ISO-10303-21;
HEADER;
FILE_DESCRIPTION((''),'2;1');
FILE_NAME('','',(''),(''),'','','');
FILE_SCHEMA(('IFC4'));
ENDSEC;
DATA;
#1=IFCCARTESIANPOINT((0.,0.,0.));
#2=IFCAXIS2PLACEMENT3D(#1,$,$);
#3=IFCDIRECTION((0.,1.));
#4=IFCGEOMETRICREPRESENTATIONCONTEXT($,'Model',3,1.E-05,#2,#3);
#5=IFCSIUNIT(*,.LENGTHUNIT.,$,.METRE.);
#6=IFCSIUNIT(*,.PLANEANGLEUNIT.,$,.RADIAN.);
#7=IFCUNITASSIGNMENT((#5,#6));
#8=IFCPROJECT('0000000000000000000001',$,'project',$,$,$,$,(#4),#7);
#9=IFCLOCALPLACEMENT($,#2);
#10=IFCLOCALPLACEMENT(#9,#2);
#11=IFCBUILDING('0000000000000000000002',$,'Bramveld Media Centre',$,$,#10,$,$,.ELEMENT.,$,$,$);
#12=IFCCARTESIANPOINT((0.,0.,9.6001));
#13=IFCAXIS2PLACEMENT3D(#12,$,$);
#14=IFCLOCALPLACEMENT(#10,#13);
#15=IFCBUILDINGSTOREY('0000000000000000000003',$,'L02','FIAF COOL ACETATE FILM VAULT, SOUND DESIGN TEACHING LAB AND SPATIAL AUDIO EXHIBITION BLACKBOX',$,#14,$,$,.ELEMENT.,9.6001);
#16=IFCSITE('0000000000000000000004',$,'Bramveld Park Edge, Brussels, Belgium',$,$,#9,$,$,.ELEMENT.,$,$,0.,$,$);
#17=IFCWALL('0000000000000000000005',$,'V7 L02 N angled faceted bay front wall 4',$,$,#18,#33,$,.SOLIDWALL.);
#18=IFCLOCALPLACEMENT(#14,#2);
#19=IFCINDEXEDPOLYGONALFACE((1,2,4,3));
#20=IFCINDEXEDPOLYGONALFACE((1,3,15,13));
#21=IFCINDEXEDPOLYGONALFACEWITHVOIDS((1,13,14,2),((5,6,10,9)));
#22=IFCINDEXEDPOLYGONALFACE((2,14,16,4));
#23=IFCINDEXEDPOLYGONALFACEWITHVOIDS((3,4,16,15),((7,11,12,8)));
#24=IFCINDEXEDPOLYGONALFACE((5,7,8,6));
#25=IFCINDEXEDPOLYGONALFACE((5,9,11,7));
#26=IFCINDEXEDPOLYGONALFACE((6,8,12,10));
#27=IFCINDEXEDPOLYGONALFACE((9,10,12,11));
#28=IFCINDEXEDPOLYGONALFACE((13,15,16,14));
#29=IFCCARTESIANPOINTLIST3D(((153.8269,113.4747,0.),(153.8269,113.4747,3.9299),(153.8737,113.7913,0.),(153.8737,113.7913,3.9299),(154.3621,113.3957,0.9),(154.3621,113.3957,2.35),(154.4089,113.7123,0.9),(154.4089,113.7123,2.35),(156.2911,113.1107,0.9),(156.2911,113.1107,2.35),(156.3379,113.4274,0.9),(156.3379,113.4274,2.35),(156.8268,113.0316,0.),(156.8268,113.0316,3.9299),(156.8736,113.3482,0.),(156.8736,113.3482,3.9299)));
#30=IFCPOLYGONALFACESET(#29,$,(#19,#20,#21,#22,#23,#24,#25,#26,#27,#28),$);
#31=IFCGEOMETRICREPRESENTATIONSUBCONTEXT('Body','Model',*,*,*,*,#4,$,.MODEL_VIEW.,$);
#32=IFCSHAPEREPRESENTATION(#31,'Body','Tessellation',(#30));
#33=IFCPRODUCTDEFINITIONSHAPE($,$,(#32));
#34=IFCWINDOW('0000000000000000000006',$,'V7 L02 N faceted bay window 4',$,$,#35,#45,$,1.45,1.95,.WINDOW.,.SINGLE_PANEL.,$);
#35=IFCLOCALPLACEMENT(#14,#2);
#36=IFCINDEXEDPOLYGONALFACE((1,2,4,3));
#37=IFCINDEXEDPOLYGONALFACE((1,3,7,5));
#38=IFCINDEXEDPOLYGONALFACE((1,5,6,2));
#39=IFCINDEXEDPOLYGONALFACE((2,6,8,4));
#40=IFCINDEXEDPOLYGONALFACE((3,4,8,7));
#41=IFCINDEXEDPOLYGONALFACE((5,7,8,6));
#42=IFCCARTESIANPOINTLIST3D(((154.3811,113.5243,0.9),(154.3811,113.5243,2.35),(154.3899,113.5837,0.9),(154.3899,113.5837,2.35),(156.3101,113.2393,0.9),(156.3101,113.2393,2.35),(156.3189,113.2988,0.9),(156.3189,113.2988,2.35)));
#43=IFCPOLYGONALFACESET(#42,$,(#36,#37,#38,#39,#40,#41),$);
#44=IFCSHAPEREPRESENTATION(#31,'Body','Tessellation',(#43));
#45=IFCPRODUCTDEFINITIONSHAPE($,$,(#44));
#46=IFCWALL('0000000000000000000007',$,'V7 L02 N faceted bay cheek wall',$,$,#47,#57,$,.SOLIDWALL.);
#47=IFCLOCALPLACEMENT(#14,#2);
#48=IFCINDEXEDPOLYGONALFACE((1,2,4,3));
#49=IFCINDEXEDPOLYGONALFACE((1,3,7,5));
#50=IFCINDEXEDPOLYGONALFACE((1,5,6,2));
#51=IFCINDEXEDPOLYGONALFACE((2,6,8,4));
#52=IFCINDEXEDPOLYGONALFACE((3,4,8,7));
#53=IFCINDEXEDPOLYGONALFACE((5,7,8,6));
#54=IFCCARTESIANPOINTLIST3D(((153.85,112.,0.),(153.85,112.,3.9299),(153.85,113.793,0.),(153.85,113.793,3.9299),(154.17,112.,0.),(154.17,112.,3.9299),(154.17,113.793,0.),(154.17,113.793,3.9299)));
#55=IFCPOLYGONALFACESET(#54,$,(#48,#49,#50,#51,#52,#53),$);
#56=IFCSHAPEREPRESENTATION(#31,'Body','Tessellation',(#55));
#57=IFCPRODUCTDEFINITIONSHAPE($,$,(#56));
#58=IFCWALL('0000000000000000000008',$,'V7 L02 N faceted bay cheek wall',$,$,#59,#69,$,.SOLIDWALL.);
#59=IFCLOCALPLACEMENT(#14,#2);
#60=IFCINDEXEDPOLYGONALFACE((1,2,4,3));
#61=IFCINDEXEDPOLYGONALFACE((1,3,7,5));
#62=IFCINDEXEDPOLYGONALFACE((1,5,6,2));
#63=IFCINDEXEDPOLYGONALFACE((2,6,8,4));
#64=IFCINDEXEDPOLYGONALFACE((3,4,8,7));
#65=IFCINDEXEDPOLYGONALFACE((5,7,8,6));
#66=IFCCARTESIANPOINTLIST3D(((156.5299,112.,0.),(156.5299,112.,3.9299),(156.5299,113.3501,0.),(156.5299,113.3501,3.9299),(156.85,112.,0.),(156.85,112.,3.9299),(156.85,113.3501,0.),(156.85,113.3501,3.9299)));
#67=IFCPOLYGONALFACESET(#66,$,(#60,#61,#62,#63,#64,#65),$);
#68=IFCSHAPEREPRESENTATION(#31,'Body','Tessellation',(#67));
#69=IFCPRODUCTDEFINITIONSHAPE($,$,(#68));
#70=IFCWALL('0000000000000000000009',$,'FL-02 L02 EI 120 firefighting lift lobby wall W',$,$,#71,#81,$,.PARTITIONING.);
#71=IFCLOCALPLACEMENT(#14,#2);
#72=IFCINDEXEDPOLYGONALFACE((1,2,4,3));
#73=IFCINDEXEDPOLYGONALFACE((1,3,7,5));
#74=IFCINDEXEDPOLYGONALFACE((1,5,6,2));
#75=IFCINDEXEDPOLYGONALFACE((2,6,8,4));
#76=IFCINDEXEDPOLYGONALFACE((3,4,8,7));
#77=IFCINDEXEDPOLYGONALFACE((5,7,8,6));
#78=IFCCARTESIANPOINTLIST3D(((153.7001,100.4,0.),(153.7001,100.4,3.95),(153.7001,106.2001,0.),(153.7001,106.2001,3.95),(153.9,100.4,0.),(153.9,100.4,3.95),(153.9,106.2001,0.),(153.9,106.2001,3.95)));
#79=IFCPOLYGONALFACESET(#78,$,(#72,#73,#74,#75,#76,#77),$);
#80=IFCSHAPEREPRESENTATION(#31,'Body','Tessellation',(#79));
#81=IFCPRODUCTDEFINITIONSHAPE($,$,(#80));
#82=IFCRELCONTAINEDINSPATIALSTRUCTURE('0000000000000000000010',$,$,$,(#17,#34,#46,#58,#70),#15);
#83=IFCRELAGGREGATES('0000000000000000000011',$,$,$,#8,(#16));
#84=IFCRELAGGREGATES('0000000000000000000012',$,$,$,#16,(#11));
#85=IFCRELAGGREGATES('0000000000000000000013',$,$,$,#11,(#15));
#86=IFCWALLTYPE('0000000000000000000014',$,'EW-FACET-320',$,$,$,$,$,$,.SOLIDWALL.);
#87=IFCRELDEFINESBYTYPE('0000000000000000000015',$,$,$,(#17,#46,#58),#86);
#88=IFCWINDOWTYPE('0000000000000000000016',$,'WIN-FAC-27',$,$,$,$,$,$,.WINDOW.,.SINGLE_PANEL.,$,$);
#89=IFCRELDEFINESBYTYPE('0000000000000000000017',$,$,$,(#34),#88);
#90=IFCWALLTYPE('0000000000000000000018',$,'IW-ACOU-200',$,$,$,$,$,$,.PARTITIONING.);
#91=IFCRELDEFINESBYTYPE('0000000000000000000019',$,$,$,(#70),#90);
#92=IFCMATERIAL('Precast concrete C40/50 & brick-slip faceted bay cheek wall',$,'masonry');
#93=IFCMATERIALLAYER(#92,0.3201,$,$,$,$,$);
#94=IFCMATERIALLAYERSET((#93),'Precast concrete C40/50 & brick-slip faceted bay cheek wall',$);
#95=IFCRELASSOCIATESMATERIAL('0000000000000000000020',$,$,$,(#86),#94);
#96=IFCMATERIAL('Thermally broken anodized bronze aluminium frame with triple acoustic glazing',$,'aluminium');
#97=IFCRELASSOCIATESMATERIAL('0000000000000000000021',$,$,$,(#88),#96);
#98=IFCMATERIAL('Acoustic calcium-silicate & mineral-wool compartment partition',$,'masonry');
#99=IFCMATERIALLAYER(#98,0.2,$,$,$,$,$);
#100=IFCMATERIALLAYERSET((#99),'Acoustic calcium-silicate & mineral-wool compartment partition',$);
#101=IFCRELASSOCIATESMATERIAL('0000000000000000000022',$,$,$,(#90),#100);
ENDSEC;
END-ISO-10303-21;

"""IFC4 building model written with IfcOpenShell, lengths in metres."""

from ifc_helpers import new_model, si_unit, direction, frame, frame_2d, origin, place, context, subcontext, project, spatial, rectangle, extrude, material, layer, layer_set, type_object, element, fill, save


model = new_model("IFC4")

# Units and contexts
model_context = context("Model", 3, precision=1e-05, world=origin(), true_north=direction((0.0, 1.0)))
body_context = subcontext(model_context, "Body", "Model", "MODEL_VIEW")
ifc_project = project(units=[si_unit("LENGTHUNIT", "METRE"), si_unit("PLANEANGLEUNIT", "RADIAN")], contexts=[model_context])

# Site, building, storey
site_placement = place(None, origin())
site = spatial("IfcSite", under=ifc_project, at=site_placement, Name="Bramveld Park Edge, Brussels, Belgium", CompositionType="ELEMENT", RefElevation=0.0)
building_placement = place(site_placement, origin())
building = spatial("IfcBuilding", under=site, at=building_placement, Name="Bramveld Media Centre", CompositionType="ELEMENT")
storey_placement = place(building_placement, frame((0.0, 0.0, 9.6001)))
storey = spatial("IfcBuildingStorey", under=building, at=storey_placement, Name="L02", Description="FIAF COOL ACETATE FILM VAULT, SOUND DESIGN TEACHING LAB AND SPATIAL AUDIO EXHIBITION BLACKBOX", CompositionType="ELEMENT", Elevation=9.6001)

# Shared definitions
ifc_material_1 = material(Name="Precast concrete C40/50 & brick-slip faceted bay cheek wall", Category="masonry")
ifc_layer_1 = layer(ifc_material_1, 0.3201)
ifc_layer_set_1 = layer_set([ifc_layer_1], Name="Precast concrete C40/50 & brick-slip faceted bay cheek wall")
wall_type_1 = type_object("IfcWallType", Name="EW-FACET-320", PredefinedType="SOLIDWALL", material=ifc_layer_set_1)

# Wall, opening, window
wall_1_placement = place(storey_placement, frame((156.8501, 113.1899, 0.0), z_axis=(0.0, 0.0, 1.0), x_axis=(-0.989267, 0.14612, 0.0)))
wall_1 = element("IfcWall", 1, at=wall_1_placement, inside=storey, type_object=wall_type_1, Name="V7 L02 N angled faceted bay front wall 4", PredefinedType="SOLIDWALL", context=body_context, shape_type="SweptSolid", body=[
    extrude(rectangle(XDim=3.0325, YDim=0.3201, at=frame_2d((1.5161, 0.0))), origin(), (0.0, 0.0, 1.0), 3.9299),
])
opening_1_placement = place(wall_1_placement, frame((0.5413, 0.0, 0.8999)))
opening_1 = element("IfcOpeningElement", 2, at=opening_1_placement, cuts=wall_1, PredefinedType="OPENING", context=body_context, shape_type="SweptSolid", body=[
    extrude(rectangle(XDim=1.95, YDim=1.45, at=frame_2d((0.9751, 0.7251))), frame((0.0, 0.1719, 0.0), z_axis=(0.0, -1.0, 0.0), x_axis=(1.0, 0.0, 0.0)), (0.0, 0.0, 1.0), 0.344),
])
ifc_material_2 = material(Name="Thermally broken anodized bronze aluminium frame with triple acoustic glazing", Category="aluminium")
window_type_1 = type_object("IfcWindowType", Name="WIN-FAC-27", PartitioningType="SINGLE_PANEL", PredefinedType="WINDOW", material=ifc_material_2)
window_1_placement = place(opening_1_placement, origin())
window_1 = element("IfcWindow", 3, at=window_1_placement, inside=storey, type_object=window_type_1, Name="V7 L02 N faceted bay window 4", OverallHeight=1.45, OverallWidth=1.95, PartitioningType="SINGLE_PANEL", PredefinedType="WINDOW", context=body_context, shape_type="SweptSolid", body=[
    extrude(rectangle(XDim=1.95, YDim=1.45, at=frame_2d((0.9751, 0.7251))), frame((0.0, 0.03, 0.0), z_axis=(0.0, -1.0, 0.0), x_axis=(1.0, 0.0, 0.0)), (0.0, 0.0, 1.0), 0.0601),
])
fill(opening_1, window_1)

# Walls
wall_2_placement = place(storey_placement, frame((154.01, 112.0, 0.0), z_axis=(0.0, 0.0, 1.0), x_axis=(0.0, 1.0, 0.0)))
element("IfcWall", 4, at=wall_2_placement, inside=storey, type_object=wall_type_1, Name="V7 L02 N faceted bay cheek wall", PredefinedType="SOLIDWALL", context=body_context, shape_type="SweptSolid", body=[
    extrude(rectangle(XDim=1.793, YDim=0.3201, at=frame_2d((0.8965, 0.0))), origin(), (0.0, 0.0, 1.0), 3.9299),
])
wall_3_placement = place(storey_placement, frame((156.6899, 112.0, 0.0), z_axis=(0.0, 0.0, 1.0), x_axis=(0.0, 1.0, 0.0)))
element("IfcWall", 5, at=wall_3_placement, inside=storey, type_object=wall_type_1, Name="V7 L02 N faceted bay cheek wall", PredefinedType="SOLIDWALL", context=body_context, shape_type="SweptSolid", body=[
    extrude(rectangle(XDim=1.3501, YDim=0.3201, at=frame_2d((0.675, 0.0))), origin(), (0.0, 0.0, 1.0), 3.9299),
])
ifc_material_3 = material(Name="Acoustic calcium-silicate & mineral-wool compartment partition", Category="masonry")
ifc_layer_2 = layer(ifc_material_3, 0.2)
ifc_layer_set_2 = layer_set([ifc_layer_2], Name="Acoustic calcium-silicate & mineral-wool compartment partition")
wall_type_2 = type_object("IfcWallType", Name="IW-ACOU-200", PredefinedType="PARTITIONING", material=ifc_layer_set_2)
wall_4_placement = place(storey_placement, frame((153.8, 106.2, 0.0), z_axis=(0.0, 0.0, 1.0), x_axis=(0.0, -1.0, 0.0)))
element("IfcWall", 6, at=wall_4_placement, inside=storey, type_object=wall_type_2, Name="FL-02 L02 EI 120 firefighting lift lobby wall W", PredefinedType="PARTITIONING", context=body_context, shape_type="SweptSolid", body=[
    extrude(rectangle(XDim=5.8, YDim=0.2, at=frame_2d((2.8999, 0.0))), origin(), (0.0, 0.0, 1.0), 3.95),
])

save(model, "model.ifc")
